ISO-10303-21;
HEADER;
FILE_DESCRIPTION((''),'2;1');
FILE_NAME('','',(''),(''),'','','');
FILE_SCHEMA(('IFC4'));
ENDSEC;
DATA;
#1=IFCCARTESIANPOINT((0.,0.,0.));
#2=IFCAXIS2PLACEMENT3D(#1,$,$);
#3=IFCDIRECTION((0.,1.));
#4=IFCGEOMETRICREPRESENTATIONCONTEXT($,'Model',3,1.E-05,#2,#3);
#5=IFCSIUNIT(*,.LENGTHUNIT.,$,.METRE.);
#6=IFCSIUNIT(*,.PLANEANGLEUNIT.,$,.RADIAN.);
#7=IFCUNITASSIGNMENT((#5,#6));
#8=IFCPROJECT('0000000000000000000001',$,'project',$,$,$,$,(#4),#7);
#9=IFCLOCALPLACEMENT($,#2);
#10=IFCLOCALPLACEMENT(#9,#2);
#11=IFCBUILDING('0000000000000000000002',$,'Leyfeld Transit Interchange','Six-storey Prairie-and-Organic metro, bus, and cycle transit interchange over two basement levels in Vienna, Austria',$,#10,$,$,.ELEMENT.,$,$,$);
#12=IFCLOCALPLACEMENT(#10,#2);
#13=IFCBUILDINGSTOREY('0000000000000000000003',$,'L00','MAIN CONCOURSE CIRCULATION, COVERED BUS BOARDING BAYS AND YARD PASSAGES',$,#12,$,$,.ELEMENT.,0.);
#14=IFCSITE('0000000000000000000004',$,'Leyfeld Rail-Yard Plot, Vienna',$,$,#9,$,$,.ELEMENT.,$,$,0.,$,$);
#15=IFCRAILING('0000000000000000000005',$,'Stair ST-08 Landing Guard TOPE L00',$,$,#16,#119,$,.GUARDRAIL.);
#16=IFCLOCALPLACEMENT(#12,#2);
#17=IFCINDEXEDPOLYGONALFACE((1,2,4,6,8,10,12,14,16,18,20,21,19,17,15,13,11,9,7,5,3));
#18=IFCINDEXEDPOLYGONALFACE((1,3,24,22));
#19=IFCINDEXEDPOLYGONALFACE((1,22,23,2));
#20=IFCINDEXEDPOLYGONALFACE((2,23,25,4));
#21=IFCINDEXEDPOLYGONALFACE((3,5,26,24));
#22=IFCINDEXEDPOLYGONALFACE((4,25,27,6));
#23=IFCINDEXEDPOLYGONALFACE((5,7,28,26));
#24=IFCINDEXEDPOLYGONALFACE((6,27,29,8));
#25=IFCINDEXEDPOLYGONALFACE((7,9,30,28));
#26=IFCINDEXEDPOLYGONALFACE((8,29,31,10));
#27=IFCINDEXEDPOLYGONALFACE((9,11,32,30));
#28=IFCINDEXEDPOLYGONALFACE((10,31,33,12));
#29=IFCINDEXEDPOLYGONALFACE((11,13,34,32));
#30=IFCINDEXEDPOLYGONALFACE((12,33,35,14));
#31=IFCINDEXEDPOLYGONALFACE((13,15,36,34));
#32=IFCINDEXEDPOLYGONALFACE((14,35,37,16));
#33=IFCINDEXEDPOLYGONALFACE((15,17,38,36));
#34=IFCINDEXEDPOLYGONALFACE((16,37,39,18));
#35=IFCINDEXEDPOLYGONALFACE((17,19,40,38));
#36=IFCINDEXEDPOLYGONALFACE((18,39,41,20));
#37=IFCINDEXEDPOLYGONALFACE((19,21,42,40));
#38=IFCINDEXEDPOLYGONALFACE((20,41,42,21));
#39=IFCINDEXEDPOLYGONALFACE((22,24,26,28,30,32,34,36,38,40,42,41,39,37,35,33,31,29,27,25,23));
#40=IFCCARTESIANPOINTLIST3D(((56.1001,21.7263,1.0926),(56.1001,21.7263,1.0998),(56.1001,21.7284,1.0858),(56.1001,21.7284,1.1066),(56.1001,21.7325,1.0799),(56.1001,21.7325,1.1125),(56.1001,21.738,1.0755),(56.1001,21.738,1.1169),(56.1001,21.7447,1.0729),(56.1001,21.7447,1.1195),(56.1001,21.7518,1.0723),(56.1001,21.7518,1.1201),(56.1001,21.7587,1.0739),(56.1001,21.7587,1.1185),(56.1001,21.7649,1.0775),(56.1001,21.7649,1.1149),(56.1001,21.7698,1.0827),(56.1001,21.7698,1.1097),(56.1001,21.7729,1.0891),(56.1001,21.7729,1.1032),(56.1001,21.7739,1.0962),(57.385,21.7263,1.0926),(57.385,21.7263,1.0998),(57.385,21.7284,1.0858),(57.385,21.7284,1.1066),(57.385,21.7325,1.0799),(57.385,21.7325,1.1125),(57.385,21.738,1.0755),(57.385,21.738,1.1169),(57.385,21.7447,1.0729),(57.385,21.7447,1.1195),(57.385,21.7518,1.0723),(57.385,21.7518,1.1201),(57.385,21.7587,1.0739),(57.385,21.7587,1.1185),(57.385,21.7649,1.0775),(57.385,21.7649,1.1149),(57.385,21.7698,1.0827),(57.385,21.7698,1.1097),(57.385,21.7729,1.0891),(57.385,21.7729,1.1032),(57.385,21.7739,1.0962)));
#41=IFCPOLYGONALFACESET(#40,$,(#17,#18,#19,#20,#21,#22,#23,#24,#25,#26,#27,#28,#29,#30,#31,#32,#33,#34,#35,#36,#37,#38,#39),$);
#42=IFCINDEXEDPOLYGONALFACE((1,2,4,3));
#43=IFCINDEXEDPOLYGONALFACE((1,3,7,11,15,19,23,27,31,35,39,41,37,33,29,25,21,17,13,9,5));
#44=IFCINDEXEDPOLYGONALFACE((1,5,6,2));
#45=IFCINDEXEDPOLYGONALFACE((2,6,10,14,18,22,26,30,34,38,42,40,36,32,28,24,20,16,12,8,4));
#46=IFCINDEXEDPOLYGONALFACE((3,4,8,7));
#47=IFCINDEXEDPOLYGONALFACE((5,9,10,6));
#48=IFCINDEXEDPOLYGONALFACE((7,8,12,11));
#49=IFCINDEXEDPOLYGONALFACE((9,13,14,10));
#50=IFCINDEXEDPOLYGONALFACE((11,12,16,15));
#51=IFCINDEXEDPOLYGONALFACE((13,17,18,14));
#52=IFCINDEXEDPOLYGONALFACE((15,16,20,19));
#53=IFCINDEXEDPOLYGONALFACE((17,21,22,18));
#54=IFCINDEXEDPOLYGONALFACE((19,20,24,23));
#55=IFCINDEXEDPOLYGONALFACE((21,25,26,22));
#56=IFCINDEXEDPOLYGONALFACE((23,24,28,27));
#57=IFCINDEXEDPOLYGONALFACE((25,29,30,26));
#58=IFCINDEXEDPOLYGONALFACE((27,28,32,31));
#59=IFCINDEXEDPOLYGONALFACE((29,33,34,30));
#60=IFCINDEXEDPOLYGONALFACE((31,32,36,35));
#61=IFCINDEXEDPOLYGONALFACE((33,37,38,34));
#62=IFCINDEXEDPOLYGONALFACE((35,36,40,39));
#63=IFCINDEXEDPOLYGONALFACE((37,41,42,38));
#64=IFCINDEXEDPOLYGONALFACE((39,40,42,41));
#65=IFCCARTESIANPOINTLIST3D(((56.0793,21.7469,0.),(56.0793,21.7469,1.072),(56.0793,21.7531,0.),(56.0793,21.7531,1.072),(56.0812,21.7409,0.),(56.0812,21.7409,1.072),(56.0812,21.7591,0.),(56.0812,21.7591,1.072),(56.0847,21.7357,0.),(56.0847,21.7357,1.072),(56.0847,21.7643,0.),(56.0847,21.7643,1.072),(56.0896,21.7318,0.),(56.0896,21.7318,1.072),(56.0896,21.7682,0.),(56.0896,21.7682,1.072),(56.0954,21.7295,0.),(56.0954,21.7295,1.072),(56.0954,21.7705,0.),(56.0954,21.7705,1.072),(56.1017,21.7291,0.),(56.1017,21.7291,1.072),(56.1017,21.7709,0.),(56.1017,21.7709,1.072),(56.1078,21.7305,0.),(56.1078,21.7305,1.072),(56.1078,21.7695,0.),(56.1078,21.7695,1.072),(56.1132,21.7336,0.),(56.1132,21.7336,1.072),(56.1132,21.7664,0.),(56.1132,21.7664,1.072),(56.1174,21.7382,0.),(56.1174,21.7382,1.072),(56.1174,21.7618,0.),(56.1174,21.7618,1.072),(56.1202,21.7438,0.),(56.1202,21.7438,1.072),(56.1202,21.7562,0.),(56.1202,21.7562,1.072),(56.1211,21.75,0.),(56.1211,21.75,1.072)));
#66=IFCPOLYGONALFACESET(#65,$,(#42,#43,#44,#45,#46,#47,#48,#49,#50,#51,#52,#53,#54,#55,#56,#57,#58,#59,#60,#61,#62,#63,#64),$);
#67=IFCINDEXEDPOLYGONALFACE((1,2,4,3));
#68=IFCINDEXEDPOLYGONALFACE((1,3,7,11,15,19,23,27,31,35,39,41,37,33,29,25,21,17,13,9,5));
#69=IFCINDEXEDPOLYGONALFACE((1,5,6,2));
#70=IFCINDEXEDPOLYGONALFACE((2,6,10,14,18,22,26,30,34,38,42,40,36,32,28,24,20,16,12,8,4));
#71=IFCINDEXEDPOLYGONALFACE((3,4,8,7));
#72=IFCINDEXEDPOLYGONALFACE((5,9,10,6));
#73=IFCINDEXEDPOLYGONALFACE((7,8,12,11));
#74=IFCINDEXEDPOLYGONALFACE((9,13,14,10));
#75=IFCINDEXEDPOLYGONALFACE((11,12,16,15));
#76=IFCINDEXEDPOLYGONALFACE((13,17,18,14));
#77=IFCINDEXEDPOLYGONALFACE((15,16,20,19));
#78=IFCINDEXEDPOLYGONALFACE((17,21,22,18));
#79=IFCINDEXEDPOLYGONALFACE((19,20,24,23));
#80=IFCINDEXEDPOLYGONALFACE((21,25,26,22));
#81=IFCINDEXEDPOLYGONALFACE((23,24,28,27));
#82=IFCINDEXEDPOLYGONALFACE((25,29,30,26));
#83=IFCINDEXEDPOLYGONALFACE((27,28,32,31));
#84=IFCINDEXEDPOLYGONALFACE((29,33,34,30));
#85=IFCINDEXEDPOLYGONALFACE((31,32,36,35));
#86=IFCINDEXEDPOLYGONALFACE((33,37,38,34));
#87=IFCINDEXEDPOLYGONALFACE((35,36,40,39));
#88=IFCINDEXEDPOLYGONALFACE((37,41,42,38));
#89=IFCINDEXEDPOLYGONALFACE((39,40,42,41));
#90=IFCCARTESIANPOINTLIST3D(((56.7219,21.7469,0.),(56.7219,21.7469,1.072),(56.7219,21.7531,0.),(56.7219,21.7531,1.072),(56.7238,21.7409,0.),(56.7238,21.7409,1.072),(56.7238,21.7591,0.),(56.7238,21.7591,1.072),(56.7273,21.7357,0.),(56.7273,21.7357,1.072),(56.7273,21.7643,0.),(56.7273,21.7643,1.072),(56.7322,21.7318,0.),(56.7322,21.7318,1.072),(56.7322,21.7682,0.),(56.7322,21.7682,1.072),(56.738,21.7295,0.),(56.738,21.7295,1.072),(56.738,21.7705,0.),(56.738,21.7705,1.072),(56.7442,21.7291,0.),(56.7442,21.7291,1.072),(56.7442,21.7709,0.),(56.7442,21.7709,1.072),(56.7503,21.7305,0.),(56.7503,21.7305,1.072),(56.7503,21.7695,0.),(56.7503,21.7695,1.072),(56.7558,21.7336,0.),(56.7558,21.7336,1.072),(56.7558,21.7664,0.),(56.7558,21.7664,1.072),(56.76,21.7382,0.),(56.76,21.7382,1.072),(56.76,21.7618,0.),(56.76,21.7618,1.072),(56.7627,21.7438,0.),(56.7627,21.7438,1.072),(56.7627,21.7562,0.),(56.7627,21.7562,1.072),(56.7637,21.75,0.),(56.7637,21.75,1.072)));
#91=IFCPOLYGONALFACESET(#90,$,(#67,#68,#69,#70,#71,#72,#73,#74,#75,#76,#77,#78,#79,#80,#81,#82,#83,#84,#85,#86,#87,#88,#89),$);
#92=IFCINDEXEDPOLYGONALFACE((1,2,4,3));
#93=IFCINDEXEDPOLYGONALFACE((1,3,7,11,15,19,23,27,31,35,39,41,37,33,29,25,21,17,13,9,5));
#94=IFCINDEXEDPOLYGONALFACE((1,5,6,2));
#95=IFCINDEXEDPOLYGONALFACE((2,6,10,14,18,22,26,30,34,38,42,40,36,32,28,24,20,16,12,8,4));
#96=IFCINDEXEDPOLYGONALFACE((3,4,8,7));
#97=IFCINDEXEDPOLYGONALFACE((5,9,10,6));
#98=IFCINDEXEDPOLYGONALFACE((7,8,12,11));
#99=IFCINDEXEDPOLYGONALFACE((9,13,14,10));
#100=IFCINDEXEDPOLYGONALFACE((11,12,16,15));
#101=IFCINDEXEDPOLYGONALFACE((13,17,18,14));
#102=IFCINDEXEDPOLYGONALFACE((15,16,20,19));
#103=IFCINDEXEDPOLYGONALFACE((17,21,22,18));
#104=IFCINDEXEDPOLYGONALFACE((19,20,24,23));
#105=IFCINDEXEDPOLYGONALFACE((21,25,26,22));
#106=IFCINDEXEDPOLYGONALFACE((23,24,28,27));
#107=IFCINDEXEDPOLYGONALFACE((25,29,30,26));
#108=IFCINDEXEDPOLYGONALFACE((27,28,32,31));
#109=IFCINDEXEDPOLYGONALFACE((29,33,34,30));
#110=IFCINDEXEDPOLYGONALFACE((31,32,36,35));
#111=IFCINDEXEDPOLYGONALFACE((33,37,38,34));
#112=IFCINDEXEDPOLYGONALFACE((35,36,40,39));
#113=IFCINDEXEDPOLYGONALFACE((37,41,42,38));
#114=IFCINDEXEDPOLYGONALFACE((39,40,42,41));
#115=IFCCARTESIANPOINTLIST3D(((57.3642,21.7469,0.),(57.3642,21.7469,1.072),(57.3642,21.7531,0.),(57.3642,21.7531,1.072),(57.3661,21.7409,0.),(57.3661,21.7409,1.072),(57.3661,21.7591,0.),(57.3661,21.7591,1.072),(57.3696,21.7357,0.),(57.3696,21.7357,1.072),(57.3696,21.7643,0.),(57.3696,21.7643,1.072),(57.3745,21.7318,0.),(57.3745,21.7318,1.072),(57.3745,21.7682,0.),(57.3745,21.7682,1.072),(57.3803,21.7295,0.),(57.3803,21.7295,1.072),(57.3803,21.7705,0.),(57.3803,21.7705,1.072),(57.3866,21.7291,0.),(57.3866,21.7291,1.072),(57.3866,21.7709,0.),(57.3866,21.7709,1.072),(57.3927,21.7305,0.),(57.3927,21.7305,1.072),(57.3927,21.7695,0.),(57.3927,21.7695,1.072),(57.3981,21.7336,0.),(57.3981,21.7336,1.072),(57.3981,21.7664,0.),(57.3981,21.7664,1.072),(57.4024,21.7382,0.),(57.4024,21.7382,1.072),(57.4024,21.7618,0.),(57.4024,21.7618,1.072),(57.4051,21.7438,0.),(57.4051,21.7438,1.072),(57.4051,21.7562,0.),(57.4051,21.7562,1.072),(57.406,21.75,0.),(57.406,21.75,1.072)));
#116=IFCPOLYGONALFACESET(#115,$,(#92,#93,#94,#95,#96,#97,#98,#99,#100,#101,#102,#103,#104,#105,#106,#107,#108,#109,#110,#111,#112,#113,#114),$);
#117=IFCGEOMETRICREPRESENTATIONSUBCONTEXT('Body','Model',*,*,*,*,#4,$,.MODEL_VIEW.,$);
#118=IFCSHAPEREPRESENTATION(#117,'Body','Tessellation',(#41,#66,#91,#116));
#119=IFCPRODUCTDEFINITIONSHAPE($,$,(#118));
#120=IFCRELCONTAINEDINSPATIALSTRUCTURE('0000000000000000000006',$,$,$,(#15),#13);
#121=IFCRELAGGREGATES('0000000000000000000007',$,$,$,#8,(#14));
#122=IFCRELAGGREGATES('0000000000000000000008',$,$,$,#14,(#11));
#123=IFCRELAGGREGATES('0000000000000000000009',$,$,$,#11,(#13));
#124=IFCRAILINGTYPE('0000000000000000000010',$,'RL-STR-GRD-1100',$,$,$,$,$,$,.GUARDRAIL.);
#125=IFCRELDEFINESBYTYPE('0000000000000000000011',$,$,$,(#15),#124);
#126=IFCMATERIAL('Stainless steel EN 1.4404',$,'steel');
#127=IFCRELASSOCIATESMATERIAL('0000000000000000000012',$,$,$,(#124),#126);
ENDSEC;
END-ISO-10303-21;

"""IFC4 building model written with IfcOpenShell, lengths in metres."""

from ifc_helpers import new_model, si_unit, direction, frame, origin, origin_2d, place, context, subcontext, project, spatial, circle, extrude, material, type_object, element, save


model = new_model("IFC4")

# Units and contexts
model_context = context("Model", 3, precision=1e-05, world=origin(), true_north=direction((0.0, 1.0)))
body_context = subcontext(model_context, "Body", "Model", "MODEL_VIEW")
ifc_project = project(units=[si_unit("LENGTHUNIT", "METRE"), si_unit("PLANEANGLEUNIT", "RADIAN")], contexts=[model_context])

# Site, building, storey
site_placement = place(None, origin())
site = spatial("IfcSite", under=ifc_project, at=site_placement, Name="Leyfeld Rail-Yard Plot, Vienna", CompositionType="ELEMENT", RefElevation=0.0)
building_placement = place(site_placement, origin())
building = spatial("IfcBuilding", under=site, at=building_placement, Name="Leyfeld Transit Interchange", Description="Six-storey Prairie-and-Organic metro, bus, and cycle transit interchange over two basement levels in Vienna, Austria", CompositionType="ELEMENT")
storey_placement = place(building_placement, origin())
storey = spatial("IfcBuildingStorey", under=building, at=storey_placement, Name="L00", Description="MAIN CONCOURSE CIRCULATION, COVERED BUS BOARDING BAYS AND YARD PASSAGES", CompositionType="ELEMENT", Elevation=0.0)

# Railing
ifc_material_1 = material(Name="Stainless steel EN 1.4404", Category="steel")
railing_type = type_object("IfcRailingType", Name="RL-STR-GRD-1100", PredefinedType="GUARDRAIL", material=ifc_material_1)
railing_1_placement = place(storey_placement, frame((56.1001, 21.75, 0.0)))
element("IfcRailing", 1, at=railing_1_placement, inside=storey, type_object=railing_type, Name="Stair ST-08 Landing Guard TOPE L00", PredefinedType="GUARDRAIL", context=body_context, shape_type="SweptSolid", body=[
    extrude(circle(Radius=0.0239, at=origin_2d()), frame((0.0, 0.0, 1.0962), z_axis=(1.0, 0.0, 0.0), x_axis=(0.0, 1.0, 0.0)), (0.0, 0.0, 1.0), 1.2849),
    extrude(circle(Radius=0.021, at=origin_2d()), origin(), (0.0, 0.0, 1.0), 1.072),
    extrude(circle(Radius=0.021, at=origin_2d()), frame((0.6426, 0.0, 0.0)), (0.0, 0.0, 1.0), 1.072),
    extrude(circle(Radius=0.021, at=origin_2d()), frame((1.2849, 0.0, 0.0)), (0.0, 0.0, 1.0), 1.072),
])

save(model, "model.ifc")
